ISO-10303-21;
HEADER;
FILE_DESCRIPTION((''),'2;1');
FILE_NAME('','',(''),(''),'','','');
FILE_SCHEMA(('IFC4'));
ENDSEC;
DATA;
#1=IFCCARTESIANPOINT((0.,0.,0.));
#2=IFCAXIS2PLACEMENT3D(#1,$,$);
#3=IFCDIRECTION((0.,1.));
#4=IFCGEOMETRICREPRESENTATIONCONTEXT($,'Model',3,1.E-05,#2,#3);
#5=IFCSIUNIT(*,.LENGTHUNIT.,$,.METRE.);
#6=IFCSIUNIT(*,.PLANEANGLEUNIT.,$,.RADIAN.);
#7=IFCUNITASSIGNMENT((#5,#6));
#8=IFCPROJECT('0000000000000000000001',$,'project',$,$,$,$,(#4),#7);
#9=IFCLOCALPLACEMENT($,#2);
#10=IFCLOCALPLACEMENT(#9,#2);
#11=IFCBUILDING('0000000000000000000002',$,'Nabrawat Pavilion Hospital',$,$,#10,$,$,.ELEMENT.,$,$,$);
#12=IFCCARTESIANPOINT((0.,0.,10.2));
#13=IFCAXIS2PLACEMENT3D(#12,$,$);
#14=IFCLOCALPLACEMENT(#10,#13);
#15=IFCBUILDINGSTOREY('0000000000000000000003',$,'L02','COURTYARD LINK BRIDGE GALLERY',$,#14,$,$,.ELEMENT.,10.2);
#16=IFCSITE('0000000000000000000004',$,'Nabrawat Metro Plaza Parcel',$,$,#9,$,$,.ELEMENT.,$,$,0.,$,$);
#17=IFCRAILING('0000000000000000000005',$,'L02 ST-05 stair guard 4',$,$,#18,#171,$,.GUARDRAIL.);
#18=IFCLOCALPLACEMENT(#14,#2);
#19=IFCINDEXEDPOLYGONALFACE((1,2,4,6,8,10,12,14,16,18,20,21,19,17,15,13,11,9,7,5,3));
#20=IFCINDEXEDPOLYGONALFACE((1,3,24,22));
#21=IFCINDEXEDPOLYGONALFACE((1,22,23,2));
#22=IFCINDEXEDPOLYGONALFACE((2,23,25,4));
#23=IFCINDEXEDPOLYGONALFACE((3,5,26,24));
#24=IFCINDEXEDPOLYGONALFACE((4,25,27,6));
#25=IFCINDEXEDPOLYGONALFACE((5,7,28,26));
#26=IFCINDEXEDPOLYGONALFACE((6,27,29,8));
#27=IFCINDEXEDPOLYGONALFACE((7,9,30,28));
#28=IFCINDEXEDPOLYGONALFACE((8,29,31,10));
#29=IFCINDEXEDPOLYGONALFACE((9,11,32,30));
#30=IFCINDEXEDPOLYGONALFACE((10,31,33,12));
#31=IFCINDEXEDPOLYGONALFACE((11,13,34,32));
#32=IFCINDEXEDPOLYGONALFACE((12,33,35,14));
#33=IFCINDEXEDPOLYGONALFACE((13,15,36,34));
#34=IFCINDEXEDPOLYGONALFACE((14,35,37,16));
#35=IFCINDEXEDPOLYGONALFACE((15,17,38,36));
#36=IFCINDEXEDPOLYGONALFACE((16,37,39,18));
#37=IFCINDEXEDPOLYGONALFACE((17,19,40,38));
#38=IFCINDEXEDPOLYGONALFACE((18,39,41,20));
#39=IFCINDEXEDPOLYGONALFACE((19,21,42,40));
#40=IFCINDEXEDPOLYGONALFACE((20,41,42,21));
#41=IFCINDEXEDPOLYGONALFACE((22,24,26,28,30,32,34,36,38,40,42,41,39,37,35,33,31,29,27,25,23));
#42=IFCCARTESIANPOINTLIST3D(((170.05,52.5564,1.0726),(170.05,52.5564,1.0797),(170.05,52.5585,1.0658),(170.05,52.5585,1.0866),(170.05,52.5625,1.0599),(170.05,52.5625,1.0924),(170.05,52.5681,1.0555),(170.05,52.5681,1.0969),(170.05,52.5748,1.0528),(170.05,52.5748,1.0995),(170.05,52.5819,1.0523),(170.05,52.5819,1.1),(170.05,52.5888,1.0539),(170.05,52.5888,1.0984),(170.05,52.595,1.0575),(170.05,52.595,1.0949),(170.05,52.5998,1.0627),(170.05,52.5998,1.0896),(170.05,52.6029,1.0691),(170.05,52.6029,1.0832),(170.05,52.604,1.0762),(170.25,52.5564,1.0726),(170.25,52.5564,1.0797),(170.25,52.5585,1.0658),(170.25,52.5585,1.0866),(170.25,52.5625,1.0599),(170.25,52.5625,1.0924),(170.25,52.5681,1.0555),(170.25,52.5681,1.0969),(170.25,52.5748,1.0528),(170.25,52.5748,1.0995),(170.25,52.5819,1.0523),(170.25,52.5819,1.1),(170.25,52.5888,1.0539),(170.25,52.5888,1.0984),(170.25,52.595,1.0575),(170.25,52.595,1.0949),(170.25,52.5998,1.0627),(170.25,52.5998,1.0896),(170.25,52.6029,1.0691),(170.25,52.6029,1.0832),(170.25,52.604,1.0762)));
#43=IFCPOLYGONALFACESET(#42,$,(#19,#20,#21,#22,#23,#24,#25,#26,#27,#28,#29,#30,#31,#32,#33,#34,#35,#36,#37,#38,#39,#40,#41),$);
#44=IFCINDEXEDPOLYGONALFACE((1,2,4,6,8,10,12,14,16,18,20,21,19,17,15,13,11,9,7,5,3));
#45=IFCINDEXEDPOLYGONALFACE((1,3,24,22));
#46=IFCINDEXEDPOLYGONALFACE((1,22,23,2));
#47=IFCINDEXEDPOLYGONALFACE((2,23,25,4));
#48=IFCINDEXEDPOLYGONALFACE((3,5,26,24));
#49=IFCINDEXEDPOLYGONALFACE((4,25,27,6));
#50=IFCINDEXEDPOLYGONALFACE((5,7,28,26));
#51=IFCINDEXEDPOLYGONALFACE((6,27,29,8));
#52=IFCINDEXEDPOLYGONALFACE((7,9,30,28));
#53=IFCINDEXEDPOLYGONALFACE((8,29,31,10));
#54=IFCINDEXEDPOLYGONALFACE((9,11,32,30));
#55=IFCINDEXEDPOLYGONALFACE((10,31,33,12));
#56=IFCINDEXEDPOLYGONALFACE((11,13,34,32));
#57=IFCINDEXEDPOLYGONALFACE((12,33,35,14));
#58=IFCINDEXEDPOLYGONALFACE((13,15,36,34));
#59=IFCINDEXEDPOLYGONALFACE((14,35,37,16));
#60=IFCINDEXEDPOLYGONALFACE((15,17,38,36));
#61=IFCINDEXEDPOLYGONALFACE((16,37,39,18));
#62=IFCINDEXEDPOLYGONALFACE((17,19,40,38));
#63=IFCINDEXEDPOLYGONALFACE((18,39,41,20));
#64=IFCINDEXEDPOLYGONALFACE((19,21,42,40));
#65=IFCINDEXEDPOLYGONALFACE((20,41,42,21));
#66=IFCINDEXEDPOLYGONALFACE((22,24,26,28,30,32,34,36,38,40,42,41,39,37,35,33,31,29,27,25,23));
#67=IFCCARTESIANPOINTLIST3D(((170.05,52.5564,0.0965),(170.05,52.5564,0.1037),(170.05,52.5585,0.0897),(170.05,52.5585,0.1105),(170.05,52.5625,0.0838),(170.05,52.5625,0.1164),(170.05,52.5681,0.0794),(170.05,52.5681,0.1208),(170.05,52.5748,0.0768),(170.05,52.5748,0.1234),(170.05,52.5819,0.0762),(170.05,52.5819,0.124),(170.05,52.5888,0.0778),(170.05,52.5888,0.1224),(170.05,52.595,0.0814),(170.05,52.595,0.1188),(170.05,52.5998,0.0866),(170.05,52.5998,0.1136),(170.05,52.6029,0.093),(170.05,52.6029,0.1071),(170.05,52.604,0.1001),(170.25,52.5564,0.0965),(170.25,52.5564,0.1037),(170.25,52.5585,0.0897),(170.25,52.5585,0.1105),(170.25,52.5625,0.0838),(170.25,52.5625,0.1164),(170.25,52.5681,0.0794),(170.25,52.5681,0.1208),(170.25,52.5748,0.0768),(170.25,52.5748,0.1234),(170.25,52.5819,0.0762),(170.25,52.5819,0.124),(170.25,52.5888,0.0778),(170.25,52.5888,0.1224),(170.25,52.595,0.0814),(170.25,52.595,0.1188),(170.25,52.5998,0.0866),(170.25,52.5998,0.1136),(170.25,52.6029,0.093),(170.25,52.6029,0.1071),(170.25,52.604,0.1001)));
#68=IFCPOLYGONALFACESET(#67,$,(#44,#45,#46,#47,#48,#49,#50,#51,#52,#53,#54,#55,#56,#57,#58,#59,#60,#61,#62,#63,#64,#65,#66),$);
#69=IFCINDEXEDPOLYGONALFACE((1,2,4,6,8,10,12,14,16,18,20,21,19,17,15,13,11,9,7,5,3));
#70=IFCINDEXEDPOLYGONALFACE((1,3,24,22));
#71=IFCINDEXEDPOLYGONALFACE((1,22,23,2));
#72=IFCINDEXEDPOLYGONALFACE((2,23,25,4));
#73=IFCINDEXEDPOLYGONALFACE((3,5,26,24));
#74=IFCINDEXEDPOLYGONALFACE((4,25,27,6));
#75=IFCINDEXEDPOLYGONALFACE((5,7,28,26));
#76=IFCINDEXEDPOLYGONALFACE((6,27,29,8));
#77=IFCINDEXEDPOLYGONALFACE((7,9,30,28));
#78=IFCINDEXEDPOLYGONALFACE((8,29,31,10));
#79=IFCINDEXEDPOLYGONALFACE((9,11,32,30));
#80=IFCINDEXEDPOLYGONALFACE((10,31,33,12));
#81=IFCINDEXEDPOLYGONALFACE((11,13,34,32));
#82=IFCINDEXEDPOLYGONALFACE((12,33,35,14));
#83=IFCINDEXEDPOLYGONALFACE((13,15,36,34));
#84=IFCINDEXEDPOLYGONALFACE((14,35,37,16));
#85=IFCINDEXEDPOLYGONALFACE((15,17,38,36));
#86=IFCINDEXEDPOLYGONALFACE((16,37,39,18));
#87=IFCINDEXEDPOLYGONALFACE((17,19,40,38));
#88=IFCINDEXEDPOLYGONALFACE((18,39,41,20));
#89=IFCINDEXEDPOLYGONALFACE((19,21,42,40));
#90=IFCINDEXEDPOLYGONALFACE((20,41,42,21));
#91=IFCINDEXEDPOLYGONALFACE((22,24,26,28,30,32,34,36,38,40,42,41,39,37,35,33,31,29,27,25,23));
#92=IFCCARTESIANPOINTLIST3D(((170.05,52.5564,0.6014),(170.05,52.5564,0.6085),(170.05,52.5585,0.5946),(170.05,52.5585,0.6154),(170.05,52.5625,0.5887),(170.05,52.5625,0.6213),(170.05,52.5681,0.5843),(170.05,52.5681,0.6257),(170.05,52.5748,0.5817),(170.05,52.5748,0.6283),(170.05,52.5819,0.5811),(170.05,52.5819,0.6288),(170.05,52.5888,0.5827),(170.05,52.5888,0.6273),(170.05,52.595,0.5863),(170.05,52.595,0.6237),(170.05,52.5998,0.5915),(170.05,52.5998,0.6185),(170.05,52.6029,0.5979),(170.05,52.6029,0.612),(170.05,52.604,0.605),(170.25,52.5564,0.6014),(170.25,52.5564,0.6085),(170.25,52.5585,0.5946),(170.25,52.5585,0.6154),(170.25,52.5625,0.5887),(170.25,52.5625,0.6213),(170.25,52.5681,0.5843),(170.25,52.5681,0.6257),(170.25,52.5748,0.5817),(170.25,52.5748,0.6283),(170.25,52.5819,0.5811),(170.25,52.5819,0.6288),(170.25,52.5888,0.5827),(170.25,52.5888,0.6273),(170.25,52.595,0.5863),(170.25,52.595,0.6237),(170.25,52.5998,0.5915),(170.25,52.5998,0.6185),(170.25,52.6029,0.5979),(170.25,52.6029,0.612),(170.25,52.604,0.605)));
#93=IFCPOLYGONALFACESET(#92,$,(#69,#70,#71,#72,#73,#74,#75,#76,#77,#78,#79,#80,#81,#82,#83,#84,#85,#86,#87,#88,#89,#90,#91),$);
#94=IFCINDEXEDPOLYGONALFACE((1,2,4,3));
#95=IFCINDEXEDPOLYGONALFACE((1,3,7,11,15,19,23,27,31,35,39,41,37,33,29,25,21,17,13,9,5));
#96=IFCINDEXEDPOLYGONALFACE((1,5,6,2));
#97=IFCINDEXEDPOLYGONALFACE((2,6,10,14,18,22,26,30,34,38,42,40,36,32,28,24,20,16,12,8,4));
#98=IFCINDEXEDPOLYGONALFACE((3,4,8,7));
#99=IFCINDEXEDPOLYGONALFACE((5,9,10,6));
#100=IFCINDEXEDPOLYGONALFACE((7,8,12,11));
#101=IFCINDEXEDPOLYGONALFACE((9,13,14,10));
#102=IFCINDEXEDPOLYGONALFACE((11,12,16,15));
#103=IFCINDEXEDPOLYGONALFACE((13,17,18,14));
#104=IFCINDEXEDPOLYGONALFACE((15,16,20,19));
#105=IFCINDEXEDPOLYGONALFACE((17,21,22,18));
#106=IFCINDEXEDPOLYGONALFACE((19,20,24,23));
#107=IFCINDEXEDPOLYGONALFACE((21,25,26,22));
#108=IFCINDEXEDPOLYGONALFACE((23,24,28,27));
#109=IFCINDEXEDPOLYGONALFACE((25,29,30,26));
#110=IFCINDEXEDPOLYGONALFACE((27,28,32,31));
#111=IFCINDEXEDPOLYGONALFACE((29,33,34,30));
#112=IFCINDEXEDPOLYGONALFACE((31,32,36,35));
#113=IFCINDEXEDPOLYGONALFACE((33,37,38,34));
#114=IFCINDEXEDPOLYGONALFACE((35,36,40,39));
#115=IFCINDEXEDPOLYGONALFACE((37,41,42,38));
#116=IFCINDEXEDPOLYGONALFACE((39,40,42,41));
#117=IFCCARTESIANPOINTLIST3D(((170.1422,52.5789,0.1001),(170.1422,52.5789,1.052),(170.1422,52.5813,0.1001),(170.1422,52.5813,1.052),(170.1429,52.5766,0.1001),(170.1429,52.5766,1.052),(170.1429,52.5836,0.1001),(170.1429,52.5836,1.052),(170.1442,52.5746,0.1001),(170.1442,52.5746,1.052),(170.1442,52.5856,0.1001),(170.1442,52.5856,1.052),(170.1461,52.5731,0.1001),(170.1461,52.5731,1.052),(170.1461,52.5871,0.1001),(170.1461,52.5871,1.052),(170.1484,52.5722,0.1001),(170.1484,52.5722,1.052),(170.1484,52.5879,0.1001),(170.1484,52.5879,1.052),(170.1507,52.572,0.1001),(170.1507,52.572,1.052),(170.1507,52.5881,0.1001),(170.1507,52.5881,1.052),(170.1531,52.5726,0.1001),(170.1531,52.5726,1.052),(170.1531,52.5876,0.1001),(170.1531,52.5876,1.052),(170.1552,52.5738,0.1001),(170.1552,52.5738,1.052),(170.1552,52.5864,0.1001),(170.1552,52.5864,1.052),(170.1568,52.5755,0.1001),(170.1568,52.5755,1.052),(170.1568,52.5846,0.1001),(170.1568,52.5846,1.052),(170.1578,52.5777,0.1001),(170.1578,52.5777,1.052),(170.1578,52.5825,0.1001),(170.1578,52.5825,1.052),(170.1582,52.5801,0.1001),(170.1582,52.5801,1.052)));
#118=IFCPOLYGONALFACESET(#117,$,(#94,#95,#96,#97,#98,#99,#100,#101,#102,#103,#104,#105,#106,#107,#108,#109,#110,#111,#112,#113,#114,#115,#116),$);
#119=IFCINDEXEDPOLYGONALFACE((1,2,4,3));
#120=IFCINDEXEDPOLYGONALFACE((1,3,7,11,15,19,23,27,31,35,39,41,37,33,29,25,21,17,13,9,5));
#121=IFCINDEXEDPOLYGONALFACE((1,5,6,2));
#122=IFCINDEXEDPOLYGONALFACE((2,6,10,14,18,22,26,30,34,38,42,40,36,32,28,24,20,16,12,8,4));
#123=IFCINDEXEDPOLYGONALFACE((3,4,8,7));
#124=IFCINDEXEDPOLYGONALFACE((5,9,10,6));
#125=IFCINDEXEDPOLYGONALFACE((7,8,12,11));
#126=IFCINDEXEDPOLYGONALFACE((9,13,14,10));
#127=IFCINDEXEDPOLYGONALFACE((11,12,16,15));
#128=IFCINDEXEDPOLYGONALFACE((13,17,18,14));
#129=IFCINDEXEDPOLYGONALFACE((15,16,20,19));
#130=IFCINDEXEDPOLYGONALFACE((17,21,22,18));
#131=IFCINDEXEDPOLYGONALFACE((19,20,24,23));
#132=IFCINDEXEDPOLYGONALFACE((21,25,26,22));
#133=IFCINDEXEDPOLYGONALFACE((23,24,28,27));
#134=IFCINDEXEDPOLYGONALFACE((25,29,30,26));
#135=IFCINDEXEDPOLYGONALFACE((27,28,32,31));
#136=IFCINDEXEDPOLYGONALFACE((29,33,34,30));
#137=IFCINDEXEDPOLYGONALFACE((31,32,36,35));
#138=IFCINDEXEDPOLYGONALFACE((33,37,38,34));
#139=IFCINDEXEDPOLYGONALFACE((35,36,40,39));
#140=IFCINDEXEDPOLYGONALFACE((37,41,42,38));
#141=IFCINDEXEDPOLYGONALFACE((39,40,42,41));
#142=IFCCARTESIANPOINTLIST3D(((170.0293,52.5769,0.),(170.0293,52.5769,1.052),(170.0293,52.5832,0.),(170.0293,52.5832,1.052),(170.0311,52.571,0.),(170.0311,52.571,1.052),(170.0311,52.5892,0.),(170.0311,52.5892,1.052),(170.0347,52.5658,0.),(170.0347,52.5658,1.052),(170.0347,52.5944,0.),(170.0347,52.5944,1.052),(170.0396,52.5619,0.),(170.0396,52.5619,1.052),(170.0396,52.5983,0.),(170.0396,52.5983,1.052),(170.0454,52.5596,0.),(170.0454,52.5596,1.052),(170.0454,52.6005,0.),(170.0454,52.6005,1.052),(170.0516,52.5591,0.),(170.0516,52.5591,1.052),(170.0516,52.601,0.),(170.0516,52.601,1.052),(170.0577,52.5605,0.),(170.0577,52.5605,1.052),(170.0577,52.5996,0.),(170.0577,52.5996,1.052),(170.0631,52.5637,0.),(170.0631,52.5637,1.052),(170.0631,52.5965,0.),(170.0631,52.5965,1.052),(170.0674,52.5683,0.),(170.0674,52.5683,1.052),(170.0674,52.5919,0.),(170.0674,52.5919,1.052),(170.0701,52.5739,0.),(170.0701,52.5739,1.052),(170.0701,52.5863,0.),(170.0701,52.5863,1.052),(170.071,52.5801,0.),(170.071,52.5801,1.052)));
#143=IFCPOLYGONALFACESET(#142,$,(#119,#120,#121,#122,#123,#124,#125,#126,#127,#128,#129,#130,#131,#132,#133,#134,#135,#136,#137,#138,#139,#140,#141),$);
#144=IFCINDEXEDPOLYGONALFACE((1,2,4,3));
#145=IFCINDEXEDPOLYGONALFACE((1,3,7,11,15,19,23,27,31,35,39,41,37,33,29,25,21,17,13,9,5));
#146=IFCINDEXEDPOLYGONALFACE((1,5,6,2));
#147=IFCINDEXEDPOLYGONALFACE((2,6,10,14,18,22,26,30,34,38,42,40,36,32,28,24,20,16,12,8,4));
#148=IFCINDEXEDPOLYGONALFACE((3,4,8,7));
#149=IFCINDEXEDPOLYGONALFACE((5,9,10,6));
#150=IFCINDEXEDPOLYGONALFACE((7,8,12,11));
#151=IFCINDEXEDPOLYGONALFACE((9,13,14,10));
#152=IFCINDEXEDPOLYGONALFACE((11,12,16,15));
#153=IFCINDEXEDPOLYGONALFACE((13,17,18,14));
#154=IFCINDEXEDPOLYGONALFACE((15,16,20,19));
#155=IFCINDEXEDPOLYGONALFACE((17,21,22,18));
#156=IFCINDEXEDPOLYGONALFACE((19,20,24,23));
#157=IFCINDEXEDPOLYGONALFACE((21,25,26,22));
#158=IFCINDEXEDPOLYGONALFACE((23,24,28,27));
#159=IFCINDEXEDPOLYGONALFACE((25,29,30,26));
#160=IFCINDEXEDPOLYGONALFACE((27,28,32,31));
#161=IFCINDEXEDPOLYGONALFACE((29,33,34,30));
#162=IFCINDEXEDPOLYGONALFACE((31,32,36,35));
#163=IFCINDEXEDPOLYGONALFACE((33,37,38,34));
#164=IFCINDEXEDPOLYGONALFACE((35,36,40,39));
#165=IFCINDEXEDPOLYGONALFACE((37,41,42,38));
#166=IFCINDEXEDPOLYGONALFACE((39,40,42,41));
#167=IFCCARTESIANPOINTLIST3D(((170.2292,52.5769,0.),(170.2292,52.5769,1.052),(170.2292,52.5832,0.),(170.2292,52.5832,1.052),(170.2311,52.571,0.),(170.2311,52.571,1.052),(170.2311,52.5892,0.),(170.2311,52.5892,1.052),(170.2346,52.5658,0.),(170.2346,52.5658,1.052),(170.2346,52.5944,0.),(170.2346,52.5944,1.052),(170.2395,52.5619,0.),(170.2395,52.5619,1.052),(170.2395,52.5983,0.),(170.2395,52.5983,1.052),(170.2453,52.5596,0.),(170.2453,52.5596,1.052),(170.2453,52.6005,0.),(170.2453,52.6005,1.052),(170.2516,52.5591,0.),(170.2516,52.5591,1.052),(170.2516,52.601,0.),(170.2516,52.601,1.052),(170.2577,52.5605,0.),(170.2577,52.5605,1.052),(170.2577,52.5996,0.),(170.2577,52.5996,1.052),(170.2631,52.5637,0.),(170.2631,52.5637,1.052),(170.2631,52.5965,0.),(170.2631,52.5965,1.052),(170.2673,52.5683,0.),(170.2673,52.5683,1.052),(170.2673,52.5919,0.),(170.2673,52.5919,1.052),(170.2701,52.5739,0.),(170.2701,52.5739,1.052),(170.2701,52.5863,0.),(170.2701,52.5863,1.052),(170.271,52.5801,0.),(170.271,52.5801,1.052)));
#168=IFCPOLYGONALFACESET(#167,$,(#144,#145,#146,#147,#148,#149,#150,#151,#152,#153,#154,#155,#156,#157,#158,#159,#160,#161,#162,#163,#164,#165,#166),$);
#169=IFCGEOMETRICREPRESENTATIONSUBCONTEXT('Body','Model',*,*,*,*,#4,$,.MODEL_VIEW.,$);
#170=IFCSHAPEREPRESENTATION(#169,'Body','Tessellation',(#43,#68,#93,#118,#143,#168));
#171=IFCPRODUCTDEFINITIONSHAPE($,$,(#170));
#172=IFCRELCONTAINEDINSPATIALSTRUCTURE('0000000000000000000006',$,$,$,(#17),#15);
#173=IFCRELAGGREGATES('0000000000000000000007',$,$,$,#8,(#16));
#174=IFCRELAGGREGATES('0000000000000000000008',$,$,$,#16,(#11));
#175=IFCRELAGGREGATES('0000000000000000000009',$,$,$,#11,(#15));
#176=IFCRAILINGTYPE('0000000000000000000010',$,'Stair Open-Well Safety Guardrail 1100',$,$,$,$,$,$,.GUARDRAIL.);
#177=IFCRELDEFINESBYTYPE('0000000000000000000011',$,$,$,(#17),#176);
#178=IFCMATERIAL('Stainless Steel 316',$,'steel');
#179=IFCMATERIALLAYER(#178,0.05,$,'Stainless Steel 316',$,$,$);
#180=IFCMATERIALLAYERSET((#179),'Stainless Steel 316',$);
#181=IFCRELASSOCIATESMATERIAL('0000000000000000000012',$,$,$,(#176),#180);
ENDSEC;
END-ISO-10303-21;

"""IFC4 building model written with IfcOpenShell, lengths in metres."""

from ifc_helpers import new_model, si_unit, direction, frame, origin, origin_2d, place, context, subcontext, project, spatial, circle, extrude, material, layer, layer_set, type_object, element, save


model = new_model("IFC4")

# Units and contexts
model_context = context("Model", 3, precision=1e-05, world=origin(), true_north=direction((0.0, 1.0)))
body_context = subcontext(model_context, "Body", "Model", "MODEL_VIEW")
ifc_project = project(units=[si_unit("LENGTHUNIT", "METRE"), si_unit("PLANEANGLEUNIT", "RADIAN")], contexts=[model_context])

# Site, building, storey
site_placement = place(None, origin())
site = spatial("IfcSite", under=ifc_project, at=site_placement, Name="Nabrawat Metro Plaza Parcel", CompositionType="ELEMENT", RefElevation=0.0)
building_placement = place(site_placement, origin())
building = spatial("IfcBuilding", under=site, at=building_placement, Name="Nabrawat Pavilion Hospital", CompositionType="ELEMENT")
storey_placement = place(building_placement, frame((0.0, 0.0, 10.2)))
storey = spatial("IfcBuildingStorey", under=building, at=storey_placement, Name="L02", Description="COURTYARD LINK BRIDGE GALLERY", CompositionType="ELEMENT", Elevation=10.2)

# Railing
ifc_material_1 = material(Name="Stainless Steel 316", Category="steel")
ifc_layer_1 = layer(ifc_material_1, 0.05, Name="Stainless Steel 316")
ifc_layer_set_1 = layer_set([ifc_layer_1], Name="Stainless Steel 316")
railing_type_1 = type_object("IfcRailingType", Name="Stair Open-Well Safety Guardrail 1100", PredefinedType="GUARDRAIL", material=ifc_layer_set_1)
railing_1_placement = place(storey_placement, frame((170.05, 52.5801, 0.0)))
element("IfcRailing", 1, at=railing_1_placement, inside=storey, type_object=railing_type_1, Name="L02 ST-05 stair guard 4", PredefinedType="GUARDRAIL", context=body_context, shape_type="SweptSolid", body=[
    extrude(circle(Radius=0.0239, at=origin_2d()), frame((0.0, 0.0, 1.0762), z_axis=(1.0, 0.0, 0.0), x_axis=(0.0, 1.0, 0.0)), (0.0, 0.0, 1.0), 0.2),
    extrude(circle(Radius=0.0239, at=origin_2d()), frame((0.0, 0.0, 0.1001), z_axis=(1.0, 0.0, 0.0), x_axis=(0.0, 1.0, 0.0)), (0.0, 0.0, 1.0), 0.2),
    extrude(circle(Radius=0.0239, at=origin_2d()), frame((0.0, 0.0, 0.605), z_axis=(1.0, 0.0, 0.0), x_axis=(0.0, 1.0, 0.0)), (0.0, 0.0, 1.0), 0.2),
    extrude(circle(Radius=0.0081, at=origin_2d()), frame((0.1001, 0.0, 0.1001)), (0.0, 0.0, 1.0), 0.9519),
    extrude(circle(Radius=0.021, at=origin_2d()), origin(), (0.0, 0.0, 1.0), 1.052),
    extrude(circle(Radius=0.021, at=origin_2d()), frame((0.2, 0.0, 0.0)), (0.0, 0.0, 1.0), 1.052),
])

save(model, "model.ifc")
